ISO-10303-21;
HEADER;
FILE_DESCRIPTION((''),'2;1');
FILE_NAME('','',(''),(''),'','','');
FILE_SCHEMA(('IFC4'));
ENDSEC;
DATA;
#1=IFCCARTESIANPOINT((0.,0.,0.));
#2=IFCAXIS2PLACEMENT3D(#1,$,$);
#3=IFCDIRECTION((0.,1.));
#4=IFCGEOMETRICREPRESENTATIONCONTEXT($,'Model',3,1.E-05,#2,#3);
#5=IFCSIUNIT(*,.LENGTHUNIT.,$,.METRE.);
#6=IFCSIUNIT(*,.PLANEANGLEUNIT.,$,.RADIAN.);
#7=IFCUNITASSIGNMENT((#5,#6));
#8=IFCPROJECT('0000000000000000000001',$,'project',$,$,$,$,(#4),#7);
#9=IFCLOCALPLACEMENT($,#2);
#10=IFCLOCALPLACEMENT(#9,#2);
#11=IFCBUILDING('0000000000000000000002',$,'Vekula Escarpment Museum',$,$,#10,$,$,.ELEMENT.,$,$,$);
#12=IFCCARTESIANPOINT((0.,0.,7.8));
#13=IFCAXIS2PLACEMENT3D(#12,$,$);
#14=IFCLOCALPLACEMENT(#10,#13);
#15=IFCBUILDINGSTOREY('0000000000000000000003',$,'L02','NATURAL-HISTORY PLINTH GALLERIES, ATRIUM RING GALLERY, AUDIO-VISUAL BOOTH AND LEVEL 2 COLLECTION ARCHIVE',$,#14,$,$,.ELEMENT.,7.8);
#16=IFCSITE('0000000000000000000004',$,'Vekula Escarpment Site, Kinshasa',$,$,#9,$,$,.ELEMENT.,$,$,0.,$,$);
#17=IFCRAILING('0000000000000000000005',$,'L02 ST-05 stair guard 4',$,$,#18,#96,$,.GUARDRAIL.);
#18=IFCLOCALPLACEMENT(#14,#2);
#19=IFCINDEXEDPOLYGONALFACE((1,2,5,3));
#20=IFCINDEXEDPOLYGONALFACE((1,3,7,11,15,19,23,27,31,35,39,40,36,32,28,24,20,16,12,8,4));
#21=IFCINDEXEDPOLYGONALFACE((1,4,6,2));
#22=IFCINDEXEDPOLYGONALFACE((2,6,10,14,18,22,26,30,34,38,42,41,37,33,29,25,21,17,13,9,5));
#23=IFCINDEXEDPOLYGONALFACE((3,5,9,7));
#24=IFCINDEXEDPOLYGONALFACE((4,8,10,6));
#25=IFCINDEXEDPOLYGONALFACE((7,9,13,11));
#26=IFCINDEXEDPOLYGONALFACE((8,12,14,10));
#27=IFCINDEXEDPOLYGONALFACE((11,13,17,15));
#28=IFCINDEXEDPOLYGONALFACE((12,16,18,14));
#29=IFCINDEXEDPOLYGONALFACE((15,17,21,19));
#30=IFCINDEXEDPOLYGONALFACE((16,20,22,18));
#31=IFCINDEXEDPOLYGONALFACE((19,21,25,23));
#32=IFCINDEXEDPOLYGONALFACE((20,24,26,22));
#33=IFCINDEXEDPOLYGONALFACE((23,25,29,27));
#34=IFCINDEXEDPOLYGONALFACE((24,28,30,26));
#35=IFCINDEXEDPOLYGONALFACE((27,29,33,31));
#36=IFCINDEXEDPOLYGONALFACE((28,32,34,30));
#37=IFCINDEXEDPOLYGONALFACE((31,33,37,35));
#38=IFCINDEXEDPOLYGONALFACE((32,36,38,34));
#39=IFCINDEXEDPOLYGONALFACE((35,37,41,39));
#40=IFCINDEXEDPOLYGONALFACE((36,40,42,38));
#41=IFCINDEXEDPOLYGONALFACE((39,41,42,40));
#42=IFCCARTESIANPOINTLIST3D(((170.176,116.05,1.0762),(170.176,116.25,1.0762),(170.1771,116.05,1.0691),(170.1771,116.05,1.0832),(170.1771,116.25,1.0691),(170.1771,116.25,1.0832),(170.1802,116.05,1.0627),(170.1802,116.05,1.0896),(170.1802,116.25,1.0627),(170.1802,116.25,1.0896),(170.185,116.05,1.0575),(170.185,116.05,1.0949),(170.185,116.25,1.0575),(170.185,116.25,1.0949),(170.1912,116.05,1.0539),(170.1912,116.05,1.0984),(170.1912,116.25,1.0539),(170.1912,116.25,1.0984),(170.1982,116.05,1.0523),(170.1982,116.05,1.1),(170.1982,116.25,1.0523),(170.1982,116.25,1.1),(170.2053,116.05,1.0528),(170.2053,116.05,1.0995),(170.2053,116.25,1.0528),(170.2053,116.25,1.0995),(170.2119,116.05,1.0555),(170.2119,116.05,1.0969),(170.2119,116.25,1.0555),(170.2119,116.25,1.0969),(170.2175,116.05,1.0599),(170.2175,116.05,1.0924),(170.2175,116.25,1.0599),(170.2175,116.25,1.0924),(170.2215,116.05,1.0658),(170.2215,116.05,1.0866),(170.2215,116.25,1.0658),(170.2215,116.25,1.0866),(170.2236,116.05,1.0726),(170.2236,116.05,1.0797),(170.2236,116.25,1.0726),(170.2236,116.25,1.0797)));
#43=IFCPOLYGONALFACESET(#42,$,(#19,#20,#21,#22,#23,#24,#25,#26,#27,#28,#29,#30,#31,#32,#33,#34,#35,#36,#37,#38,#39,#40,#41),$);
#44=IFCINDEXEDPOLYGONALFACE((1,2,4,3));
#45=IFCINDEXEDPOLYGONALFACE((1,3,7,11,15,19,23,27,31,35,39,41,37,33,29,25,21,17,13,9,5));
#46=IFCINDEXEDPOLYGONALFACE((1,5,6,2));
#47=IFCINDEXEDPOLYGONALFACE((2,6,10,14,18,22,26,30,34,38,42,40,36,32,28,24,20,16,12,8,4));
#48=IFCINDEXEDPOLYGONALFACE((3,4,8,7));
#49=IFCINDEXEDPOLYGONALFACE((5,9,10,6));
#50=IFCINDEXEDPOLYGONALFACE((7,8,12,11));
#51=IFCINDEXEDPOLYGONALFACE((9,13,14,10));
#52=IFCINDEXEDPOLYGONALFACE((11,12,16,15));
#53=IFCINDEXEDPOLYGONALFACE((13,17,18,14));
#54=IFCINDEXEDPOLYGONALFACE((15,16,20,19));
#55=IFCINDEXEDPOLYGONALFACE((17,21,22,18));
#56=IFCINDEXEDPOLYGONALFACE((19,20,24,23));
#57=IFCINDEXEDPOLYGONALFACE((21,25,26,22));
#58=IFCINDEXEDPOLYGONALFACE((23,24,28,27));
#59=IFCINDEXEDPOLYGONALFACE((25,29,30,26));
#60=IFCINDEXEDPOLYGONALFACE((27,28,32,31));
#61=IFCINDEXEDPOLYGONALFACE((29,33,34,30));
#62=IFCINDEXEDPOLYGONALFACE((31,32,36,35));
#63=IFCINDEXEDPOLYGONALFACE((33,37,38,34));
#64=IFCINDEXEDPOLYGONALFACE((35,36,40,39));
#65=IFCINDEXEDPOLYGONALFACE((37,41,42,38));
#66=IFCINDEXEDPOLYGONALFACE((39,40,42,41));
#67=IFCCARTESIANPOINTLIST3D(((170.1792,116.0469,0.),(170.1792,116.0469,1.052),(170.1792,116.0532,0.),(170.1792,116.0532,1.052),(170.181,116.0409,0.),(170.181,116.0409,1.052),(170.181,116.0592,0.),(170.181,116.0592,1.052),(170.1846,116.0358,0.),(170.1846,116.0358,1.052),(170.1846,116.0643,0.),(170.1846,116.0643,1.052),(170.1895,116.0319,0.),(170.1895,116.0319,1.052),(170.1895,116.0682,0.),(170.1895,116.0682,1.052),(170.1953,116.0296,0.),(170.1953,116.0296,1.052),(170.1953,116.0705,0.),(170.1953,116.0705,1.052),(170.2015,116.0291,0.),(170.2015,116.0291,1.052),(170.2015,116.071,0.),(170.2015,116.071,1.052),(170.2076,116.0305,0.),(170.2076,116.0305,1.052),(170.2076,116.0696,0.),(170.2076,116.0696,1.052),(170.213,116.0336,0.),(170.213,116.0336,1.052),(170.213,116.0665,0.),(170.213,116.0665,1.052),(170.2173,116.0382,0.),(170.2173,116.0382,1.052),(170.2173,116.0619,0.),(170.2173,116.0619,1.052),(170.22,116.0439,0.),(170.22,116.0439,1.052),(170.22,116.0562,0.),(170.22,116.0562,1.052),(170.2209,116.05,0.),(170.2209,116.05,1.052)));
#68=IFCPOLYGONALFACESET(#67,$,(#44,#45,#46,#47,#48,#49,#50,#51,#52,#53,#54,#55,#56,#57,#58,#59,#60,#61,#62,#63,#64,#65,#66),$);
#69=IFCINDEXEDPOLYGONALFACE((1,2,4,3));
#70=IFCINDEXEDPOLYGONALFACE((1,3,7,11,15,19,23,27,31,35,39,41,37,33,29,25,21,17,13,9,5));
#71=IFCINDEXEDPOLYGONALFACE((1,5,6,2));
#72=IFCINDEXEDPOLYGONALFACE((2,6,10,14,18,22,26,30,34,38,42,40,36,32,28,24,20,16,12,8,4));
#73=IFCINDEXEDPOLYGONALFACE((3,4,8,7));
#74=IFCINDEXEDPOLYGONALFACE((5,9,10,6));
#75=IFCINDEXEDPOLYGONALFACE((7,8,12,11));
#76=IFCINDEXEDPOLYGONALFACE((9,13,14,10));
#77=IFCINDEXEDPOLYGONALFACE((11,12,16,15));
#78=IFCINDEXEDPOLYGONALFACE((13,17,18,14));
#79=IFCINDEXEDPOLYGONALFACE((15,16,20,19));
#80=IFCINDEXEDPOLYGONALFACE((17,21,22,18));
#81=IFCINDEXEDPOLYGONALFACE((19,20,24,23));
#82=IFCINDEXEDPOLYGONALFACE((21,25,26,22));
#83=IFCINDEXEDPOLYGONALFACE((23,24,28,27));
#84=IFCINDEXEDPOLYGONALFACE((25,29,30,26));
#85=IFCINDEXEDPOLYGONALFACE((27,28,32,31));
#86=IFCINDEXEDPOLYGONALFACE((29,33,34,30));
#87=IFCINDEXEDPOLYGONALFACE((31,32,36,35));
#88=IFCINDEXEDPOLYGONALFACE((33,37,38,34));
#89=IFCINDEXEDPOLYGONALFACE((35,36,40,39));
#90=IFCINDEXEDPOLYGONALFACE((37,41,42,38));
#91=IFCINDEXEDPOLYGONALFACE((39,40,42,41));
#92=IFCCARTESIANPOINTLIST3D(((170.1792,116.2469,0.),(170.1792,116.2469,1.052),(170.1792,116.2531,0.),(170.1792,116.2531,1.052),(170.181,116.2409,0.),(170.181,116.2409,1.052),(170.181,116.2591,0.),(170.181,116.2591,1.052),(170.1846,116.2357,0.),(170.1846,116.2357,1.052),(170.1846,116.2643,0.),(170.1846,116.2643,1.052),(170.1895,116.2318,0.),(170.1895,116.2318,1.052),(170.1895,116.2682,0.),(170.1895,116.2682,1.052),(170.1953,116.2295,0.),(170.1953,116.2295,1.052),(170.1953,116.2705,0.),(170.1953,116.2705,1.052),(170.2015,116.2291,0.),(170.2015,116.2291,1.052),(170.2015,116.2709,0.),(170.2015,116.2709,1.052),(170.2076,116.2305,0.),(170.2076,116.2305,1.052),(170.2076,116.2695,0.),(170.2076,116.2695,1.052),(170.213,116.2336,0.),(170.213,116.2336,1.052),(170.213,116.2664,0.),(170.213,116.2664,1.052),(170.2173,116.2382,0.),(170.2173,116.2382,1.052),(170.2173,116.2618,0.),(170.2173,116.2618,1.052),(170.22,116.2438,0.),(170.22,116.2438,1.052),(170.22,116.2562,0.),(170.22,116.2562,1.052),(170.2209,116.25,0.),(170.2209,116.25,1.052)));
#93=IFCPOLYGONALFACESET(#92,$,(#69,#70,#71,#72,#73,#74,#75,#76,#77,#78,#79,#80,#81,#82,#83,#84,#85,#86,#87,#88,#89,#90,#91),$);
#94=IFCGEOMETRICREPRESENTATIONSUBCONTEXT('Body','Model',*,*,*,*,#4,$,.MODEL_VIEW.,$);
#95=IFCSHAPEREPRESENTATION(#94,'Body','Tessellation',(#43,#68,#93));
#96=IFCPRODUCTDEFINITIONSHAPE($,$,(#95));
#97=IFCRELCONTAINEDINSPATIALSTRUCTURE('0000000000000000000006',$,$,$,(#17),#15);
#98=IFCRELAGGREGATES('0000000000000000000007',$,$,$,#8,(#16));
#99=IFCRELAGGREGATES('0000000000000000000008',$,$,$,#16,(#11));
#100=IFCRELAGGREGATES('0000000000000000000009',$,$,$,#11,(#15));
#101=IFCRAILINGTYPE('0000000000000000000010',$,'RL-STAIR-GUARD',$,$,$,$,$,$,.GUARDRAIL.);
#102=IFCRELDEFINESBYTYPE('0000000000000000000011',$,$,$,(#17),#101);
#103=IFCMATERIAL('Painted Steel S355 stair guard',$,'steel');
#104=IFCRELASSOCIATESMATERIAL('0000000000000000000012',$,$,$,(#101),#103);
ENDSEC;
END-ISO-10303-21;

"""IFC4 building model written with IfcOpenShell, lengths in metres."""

from ifc_helpers import new_model, si_unit, direction, frame, origin, origin_2d, place, context, subcontext, project, spatial, circle, extrude, material, type_object, element, save


model = new_model("IFC4")

# Units and contexts
model_context = context("Model", 3, precision=1e-05, world=origin(), true_north=direction((0.0, 1.0)))
body_context = subcontext(model_context, "Body", "Model", "MODEL_VIEW")
ifc_project = project(units=[si_unit("LENGTHUNIT", "METRE"), si_unit("PLANEANGLEUNIT", "RADIAN")], contexts=[model_context])

# Site, building, storey
site_placement = place(None, origin())
site = spatial("IfcSite", under=ifc_project, at=site_placement, Name="Vekula Escarpment Site, Kinshasa", CompositionType="ELEMENT", RefElevation=0.0)
building_placement = place(site_placement, origin())
building = spatial("IfcBuilding", under=site, at=building_placement, Name="Vekula Escarpment Museum", CompositionType="ELEMENT")
storey_placement = place(building_placement, frame((0.0, 0.0, 7.8)))
storey = spatial("IfcBuildingStorey", under=building, at=storey_placement, Name="L02", Description="NATURAL-HISTORY PLINTH GALLERIES, ATRIUM RING GALLERY, AUDIO-VISUAL BOOTH AND LEVEL 2 COLLECTION ARCHIVE", CompositionType="ELEMENT", Elevation=7.8)

# Railing
ifc_material_1 = material(Name="Painted Steel S355 stair guard", Category="steel")
railing_type_1 = type_object("IfcRailingType", Name="RL-STAIR-GUARD", PredefinedType="GUARDRAIL", material=ifc_material_1)
railing_1_placement = place(storey_placement, frame((170.2, 116.05, 0.0)))
element("IfcRailing", 1, at=railing_1_placement, inside=storey, type_object=railing_type_1, Name="L02 ST-05 stair guard 4", PredefinedType="GUARDRAIL", context=body_context, shape_type="SweptSolid", body=[
    extrude(circle(Radius=0.0239, at=origin_2d()), frame((0.0, 0.0, 1.0762), z_axis=(0.0, 1.0, 0.0), x_axis=(-1.0, 0.0, 0.0)), (0.0, 0.0, 1.0), 0.2),
    extrude(circle(Radius=0.021, at=origin_2d()), origin(), (0.0, 0.0, 1.0), 1.052),
    extrude(circle(Radius=0.021, at=origin_2d()), frame((0.0, 0.2, 0.0)), (0.0, 0.0, 1.0), 1.052),
])

save(model, "model.ifc")
